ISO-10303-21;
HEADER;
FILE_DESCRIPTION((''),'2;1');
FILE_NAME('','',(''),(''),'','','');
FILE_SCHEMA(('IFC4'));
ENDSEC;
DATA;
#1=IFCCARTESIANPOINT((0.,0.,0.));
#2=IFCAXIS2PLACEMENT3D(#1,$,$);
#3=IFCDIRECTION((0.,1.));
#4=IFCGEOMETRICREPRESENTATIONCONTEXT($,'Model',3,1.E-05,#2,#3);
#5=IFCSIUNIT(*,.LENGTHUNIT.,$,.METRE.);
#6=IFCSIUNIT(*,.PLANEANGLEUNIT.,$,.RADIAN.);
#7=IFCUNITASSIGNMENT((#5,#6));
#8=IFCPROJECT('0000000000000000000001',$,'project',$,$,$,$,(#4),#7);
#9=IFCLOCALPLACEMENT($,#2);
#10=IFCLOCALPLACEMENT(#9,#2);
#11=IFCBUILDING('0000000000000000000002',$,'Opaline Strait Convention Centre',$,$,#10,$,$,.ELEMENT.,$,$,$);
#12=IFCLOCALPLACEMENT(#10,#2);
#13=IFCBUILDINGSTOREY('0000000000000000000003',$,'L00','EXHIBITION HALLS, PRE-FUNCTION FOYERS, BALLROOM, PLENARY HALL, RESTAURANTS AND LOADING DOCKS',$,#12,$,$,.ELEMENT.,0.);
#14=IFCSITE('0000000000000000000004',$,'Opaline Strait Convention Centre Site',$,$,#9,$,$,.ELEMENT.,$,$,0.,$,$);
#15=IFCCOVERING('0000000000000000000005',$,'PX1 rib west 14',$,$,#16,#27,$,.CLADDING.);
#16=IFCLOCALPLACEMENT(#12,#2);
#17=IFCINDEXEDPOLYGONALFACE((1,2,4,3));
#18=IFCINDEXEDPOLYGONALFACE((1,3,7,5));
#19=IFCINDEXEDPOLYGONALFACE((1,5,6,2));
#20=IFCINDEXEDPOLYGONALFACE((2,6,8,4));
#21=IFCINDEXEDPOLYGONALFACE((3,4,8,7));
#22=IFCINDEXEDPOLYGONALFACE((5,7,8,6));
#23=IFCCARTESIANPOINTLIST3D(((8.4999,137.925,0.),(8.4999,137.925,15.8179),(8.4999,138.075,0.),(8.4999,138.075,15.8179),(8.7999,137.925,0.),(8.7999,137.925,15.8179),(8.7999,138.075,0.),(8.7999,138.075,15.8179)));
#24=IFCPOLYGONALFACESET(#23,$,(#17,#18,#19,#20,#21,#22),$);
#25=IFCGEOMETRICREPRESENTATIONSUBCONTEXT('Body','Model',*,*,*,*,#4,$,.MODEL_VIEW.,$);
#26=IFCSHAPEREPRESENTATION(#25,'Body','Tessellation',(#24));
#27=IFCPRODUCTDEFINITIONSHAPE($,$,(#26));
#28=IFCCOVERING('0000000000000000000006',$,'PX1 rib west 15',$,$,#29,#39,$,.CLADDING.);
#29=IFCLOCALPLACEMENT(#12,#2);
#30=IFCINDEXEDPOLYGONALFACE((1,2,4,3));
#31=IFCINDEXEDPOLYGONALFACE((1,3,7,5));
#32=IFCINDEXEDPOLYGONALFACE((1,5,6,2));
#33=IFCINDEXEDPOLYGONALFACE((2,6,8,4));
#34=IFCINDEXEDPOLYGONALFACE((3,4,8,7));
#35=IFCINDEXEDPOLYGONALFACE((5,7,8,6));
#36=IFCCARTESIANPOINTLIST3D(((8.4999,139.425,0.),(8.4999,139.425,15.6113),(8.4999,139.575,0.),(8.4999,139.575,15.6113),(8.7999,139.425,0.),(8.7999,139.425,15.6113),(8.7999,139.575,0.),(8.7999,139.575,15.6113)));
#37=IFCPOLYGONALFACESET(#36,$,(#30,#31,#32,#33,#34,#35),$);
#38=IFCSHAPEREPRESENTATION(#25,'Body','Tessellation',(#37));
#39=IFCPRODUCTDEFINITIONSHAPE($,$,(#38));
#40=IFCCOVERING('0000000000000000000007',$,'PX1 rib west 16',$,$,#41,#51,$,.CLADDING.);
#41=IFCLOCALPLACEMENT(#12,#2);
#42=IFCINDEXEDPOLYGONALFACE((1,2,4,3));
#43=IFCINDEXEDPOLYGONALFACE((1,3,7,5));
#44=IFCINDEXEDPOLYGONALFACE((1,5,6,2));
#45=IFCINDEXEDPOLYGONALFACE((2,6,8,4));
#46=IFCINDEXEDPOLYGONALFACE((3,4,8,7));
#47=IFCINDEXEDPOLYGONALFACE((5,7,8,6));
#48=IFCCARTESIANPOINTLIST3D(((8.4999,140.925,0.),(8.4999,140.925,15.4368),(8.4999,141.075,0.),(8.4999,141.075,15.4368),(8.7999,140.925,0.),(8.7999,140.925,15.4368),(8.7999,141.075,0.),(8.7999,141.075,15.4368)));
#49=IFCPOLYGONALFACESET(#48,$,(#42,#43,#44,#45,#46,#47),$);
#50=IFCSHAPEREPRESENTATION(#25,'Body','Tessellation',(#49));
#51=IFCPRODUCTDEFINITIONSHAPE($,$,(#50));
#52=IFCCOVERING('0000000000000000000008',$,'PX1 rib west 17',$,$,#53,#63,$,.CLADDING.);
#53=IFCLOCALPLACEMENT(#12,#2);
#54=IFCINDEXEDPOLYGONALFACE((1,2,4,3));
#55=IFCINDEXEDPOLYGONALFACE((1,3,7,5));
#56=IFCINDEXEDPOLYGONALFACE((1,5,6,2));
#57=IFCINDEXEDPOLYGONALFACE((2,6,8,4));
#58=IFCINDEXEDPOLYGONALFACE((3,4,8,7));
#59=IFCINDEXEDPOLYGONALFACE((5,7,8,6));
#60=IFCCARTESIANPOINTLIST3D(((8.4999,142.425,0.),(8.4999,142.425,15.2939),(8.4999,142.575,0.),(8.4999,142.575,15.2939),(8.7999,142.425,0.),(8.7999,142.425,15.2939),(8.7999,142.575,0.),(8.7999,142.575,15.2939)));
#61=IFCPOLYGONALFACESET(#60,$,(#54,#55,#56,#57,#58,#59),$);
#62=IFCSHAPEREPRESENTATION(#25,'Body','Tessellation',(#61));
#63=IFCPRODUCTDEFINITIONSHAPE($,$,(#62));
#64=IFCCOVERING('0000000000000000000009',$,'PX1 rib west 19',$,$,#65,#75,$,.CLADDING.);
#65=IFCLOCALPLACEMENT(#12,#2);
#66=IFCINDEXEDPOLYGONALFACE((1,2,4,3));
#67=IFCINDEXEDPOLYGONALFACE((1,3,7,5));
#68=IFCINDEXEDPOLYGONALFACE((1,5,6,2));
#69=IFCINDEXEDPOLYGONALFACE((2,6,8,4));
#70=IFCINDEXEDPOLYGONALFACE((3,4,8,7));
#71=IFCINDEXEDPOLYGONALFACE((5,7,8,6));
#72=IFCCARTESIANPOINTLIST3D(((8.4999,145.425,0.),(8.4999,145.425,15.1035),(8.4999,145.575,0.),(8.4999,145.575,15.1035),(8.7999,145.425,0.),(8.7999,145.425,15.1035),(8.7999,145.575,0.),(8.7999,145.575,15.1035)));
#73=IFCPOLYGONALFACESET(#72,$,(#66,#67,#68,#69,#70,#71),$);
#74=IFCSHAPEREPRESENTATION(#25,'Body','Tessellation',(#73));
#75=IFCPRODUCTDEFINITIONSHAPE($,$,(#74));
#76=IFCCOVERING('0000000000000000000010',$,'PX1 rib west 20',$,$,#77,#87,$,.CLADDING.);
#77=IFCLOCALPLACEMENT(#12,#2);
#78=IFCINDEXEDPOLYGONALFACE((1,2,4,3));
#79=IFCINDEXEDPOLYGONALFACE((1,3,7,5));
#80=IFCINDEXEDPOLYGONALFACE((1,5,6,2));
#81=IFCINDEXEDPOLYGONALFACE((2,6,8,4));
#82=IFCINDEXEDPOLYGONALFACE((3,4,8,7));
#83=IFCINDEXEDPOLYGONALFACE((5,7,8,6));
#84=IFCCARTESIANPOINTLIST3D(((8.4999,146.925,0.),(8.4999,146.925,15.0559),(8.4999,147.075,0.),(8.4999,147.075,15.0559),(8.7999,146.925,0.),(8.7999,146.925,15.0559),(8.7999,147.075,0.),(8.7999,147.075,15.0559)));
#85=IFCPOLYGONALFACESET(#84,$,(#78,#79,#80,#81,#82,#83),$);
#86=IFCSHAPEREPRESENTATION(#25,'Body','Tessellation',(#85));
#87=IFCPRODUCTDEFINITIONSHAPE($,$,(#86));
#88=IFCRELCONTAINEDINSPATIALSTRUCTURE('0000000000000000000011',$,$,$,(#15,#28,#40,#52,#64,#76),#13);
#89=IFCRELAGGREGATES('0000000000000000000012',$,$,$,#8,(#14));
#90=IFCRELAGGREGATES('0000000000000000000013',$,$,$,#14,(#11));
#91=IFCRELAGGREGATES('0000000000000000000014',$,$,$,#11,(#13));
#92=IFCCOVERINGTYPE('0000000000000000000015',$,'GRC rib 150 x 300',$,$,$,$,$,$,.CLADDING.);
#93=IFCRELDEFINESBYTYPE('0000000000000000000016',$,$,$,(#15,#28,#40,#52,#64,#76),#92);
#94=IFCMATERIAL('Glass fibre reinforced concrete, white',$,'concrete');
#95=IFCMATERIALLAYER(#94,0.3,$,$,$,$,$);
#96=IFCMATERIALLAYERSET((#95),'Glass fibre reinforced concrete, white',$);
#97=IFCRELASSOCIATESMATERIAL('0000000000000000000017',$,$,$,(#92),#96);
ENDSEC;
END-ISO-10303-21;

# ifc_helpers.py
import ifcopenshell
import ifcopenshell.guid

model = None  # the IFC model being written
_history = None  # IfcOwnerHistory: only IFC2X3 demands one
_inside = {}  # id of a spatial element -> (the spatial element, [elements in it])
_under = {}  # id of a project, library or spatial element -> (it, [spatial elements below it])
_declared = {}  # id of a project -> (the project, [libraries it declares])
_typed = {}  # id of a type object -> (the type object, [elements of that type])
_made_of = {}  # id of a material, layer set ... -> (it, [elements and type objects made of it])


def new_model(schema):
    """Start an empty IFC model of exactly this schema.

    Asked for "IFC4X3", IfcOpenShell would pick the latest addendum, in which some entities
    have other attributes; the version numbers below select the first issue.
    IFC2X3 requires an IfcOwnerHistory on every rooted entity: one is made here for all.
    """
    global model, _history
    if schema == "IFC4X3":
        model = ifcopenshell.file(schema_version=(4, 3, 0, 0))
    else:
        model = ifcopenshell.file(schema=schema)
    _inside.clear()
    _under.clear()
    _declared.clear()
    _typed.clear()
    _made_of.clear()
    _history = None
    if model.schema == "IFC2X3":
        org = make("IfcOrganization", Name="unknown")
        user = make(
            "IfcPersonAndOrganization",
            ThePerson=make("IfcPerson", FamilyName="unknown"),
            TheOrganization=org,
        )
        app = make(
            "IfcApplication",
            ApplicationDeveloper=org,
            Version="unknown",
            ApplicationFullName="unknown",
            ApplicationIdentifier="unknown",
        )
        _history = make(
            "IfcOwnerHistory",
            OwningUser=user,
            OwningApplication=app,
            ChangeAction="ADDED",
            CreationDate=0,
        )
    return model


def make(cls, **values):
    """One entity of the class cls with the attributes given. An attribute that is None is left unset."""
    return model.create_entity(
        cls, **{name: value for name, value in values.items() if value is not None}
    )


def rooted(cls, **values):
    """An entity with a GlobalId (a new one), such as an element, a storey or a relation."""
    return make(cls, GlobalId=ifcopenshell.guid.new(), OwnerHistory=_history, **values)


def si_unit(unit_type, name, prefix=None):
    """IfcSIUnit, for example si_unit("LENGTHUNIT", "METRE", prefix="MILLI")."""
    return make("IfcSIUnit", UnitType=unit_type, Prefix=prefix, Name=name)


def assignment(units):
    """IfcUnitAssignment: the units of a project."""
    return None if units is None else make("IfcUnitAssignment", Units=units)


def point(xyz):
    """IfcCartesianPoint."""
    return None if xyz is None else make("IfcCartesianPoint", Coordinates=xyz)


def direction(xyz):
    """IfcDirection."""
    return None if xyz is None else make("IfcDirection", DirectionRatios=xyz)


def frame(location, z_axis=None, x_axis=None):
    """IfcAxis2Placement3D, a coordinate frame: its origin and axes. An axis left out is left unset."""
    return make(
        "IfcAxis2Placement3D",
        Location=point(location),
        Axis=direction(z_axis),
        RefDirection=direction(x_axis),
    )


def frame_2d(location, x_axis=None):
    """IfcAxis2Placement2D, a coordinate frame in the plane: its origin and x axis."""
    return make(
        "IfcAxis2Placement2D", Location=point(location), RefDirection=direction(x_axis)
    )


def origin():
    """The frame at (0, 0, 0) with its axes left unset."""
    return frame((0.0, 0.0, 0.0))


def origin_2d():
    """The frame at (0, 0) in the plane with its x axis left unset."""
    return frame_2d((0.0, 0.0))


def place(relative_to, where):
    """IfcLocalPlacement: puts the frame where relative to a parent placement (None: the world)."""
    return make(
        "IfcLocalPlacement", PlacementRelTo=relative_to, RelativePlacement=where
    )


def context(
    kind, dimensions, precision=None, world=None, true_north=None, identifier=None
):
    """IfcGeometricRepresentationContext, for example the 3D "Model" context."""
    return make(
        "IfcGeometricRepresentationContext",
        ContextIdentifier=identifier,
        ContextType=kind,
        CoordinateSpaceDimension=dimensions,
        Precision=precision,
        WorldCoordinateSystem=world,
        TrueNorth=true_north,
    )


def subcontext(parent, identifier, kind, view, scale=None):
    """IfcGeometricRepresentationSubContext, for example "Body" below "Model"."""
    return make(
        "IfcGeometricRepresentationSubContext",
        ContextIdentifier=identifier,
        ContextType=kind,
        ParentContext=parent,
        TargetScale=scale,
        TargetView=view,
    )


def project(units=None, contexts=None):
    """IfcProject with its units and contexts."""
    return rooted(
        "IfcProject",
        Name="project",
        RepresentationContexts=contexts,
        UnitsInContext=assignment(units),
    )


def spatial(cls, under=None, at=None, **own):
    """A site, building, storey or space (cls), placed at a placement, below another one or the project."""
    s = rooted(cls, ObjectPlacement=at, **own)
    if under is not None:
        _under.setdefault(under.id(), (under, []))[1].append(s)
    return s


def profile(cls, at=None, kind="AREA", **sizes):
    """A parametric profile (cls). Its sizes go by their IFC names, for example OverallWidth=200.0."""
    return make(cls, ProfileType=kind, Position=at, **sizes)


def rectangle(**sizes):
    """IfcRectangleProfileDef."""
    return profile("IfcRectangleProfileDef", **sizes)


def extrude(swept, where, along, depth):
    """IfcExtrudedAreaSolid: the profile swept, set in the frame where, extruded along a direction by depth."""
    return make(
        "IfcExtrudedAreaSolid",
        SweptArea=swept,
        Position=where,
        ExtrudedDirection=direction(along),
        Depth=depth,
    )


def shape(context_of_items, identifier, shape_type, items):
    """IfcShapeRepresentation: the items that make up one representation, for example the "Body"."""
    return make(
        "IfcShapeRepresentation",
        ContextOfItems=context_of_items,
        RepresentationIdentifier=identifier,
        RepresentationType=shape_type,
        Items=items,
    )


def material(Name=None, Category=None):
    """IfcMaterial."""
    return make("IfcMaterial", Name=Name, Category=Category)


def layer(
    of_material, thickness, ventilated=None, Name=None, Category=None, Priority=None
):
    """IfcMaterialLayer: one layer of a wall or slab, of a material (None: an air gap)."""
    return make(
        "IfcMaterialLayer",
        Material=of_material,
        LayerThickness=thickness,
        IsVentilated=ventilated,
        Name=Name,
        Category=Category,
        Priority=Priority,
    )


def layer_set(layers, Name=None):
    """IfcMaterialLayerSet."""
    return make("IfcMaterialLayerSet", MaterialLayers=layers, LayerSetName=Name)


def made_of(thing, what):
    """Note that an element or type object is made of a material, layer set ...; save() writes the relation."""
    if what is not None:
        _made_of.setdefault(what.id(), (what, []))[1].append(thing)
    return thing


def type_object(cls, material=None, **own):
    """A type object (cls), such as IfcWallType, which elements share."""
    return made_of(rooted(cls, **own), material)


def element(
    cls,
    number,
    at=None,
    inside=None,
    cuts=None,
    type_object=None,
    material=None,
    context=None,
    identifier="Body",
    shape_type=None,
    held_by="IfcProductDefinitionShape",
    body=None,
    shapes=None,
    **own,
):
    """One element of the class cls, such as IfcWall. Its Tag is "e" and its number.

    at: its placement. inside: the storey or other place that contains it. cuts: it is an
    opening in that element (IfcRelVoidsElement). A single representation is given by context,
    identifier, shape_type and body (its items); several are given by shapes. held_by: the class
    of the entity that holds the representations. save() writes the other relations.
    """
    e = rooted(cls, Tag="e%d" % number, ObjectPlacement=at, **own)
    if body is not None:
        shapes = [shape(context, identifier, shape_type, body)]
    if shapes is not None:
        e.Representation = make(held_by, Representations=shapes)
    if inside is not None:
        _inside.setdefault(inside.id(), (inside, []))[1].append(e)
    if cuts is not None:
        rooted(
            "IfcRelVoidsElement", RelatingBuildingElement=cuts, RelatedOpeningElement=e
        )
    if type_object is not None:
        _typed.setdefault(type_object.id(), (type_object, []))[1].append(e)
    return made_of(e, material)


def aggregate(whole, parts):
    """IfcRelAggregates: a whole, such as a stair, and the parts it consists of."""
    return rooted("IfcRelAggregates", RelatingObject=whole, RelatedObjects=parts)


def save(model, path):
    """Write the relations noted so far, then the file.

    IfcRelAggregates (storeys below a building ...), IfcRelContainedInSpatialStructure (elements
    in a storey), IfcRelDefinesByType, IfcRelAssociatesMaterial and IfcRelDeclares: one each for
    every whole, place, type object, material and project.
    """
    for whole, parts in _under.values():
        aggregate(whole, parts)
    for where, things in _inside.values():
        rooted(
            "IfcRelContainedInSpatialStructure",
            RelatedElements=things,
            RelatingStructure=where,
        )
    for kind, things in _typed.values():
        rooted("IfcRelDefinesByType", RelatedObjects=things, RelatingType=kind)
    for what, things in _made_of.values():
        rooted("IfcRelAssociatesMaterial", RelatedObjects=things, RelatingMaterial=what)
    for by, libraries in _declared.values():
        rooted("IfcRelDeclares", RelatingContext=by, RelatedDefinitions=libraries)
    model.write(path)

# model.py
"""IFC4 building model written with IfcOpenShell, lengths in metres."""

from ifc_helpers import new_model, si_unit, direction, frame, origin, origin_2d, place, context, subcontext, project, spatial, rectangle, extrude, material, layer, layer_set, type_object, element, save


model = new_model("IFC4")

# Units and contexts
model_context = context("Model", 3, precision=1e-05, world=origin(), true_north=direction((0.0, 1.0)))
body_context = subcontext(model_context, "Body", "Model", "MODEL_VIEW")
ifc_project = project(units=[si_unit("LENGTHUNIT", "METRE"), si_unit("PLANEANGLEUNIT", "RADIAN")], contexts=[model_context])

# Site, building, storey
site_placement = place(None, origin())
site = spatial("IfcSite", under=ifc_project, at=site_placement, Name="Opaline Strait Convention Centre Site", CompositionType="ELEMENT", RefElevation=0.0)
building_placement = place(site_placement, origin())
building = spatial("IfcBuilding", under=site, at=building_placement, Name="Opaline Strait Convention Centre", CompositionType="ELEMENT")
storey_placement = place(building_placement, origin())
storey = spatial("IfcBuildingStorey", under=building, at=storey_placement, Name="L00", Description="EXHIBITION HALLS, PRE-FUNCTION FOYERS, BALLROOM, PLENARY HALL, RESTAURANTS AND LOADING DOCKS", CompositionType="ELEMENT", Elevation=0.0)

# Coverings
ifc_material_1 = material(Name="Glass fibre reinforced concrete, white", Category="concrete")
ifc_layer_1 = layer(ifc_material_1, 0.3)
ifc_layer_set_1 = layer_set([ifc_layer_1], Name="Glass fibre reinforced concrete, white")
covering_type = type_object("IfcCoveringType", Name="GRC rib 150 x 300", PredefinedType="CLADDING", material=ifc_layer_set_1)
covering_1_placement = place(storey_placement, frame((8.6499, 138.0, 0.0), z_axis=(0.0, 0.0, 1.0), x_axis=(1.0, 0.0, 0.0)))
element("IfcCovering", 1, at=covering_1_placement, inside=storey, type_object=covering_type, Name="PX1 rib west 14", PredefinedType="CLADDING", context=body_context, shape_type="SweptSolid", body=[
    extrude(rectangle(XDim=0.3, YDim=0.1499, at=origin_2d()), origin(), (0.0, 0.0, 1.0), 15.8179),
])
covering_2_placement = place(storey_placement, frame((8.6499, 139.5, 0.0), z_axis=(0.0, 0.0, 1.0), x_axis=(1.0, 0.0, 0.0)))
element("IfcCovering", 2, at=covering_2_placement, inside=storey, type_object=covering_type, Name="PX1 rib west 15", PredefinedType="CLADDING", context=body_context, shape_type="SweptSolid", body=[
    extrude(rectangle(XDim=0.3, YDim=0.1499, at=origin_2d()), origin(), (0.0, 0.0, 1.0), 15.6113),
])
covering_3_placement = place(storey_placement, frame((8.6499, 141.0, 0.0), z_axis=(0.0, 0.0, 1.0), x_axis=(1.0, 0.0, 0.0)))
element("IfcCovering", 3, at=covering_3_placement, inside=storey, type_object=covering_type, Name="PX1 rib west 16", PredefinedType="CLADDING", context=body_context, shape_type="SweptSolid", body=[
    extrude(rectangle(XDim=0.3, YDim=0.1499, at=origin_2d()), origin(), (0.0, 0.0, 1.0), 15.4368),
])
covering_4_placement = place(storey_placement, frame((8.6499, 142.5, 0.0), z_axis=(0.0, 0.0, 1.0), x_axis=(1.0, 0.0, 0.0)))
element("IfcCovering", 4, at=covering_4_placement, inside=storey, type_object=covering_type, Name="PX1 rib west 17", PredefinedType="CLADDING", context=body_context, shape_type="SweptSolid", body=[
    extrude(rectangle(XDim=0.3, YDim=0.1499, at=origin_2d()), origin(), (0.0, 0.0, 1.0), 15.2939),
])
covering_5_placement = place(storey_placement, frame((8.6499, 145.5, 0.0), z_axis=(0.0, 0.0, 1.0), x_axis=(1.0, 0.0, 0.0)))
element("IfcCovering", 5, at=covering_5_placement, inside=storey, type_object=covering_type, Name="PX1 rib west 19", PredefinedType="CLADDING", context=body_context, shape_type="SweptSolid", body=[
    extrude(rectangle(XDim=0.3, YDim=0.1499, at=origin_2d()), origin(), (0.0, 0.0, 1.0), 15.1035),
])
covering_6_placement = place(storey_placement, frame((8.6499, 147.0, 0.0), z_axis=(0.0, 0.0, 1.0), x_axis=(1.0, 0.0, 0.0)))
element("IfcCovering", 6, at=covering_6_placement, inside=storey, type_object=covering_type, Name="PX1 rib west 20", PredefinedType="CLADDING", context=body_context, shape_type="SweptSolid", body=[
    extrude(rectangle(XDim=0.3, YDim=0.1499, at=origin_2d()), origin(), (0.0, 0.0, 1.0), 15.0559),
])

save(model, "model.ifc")
